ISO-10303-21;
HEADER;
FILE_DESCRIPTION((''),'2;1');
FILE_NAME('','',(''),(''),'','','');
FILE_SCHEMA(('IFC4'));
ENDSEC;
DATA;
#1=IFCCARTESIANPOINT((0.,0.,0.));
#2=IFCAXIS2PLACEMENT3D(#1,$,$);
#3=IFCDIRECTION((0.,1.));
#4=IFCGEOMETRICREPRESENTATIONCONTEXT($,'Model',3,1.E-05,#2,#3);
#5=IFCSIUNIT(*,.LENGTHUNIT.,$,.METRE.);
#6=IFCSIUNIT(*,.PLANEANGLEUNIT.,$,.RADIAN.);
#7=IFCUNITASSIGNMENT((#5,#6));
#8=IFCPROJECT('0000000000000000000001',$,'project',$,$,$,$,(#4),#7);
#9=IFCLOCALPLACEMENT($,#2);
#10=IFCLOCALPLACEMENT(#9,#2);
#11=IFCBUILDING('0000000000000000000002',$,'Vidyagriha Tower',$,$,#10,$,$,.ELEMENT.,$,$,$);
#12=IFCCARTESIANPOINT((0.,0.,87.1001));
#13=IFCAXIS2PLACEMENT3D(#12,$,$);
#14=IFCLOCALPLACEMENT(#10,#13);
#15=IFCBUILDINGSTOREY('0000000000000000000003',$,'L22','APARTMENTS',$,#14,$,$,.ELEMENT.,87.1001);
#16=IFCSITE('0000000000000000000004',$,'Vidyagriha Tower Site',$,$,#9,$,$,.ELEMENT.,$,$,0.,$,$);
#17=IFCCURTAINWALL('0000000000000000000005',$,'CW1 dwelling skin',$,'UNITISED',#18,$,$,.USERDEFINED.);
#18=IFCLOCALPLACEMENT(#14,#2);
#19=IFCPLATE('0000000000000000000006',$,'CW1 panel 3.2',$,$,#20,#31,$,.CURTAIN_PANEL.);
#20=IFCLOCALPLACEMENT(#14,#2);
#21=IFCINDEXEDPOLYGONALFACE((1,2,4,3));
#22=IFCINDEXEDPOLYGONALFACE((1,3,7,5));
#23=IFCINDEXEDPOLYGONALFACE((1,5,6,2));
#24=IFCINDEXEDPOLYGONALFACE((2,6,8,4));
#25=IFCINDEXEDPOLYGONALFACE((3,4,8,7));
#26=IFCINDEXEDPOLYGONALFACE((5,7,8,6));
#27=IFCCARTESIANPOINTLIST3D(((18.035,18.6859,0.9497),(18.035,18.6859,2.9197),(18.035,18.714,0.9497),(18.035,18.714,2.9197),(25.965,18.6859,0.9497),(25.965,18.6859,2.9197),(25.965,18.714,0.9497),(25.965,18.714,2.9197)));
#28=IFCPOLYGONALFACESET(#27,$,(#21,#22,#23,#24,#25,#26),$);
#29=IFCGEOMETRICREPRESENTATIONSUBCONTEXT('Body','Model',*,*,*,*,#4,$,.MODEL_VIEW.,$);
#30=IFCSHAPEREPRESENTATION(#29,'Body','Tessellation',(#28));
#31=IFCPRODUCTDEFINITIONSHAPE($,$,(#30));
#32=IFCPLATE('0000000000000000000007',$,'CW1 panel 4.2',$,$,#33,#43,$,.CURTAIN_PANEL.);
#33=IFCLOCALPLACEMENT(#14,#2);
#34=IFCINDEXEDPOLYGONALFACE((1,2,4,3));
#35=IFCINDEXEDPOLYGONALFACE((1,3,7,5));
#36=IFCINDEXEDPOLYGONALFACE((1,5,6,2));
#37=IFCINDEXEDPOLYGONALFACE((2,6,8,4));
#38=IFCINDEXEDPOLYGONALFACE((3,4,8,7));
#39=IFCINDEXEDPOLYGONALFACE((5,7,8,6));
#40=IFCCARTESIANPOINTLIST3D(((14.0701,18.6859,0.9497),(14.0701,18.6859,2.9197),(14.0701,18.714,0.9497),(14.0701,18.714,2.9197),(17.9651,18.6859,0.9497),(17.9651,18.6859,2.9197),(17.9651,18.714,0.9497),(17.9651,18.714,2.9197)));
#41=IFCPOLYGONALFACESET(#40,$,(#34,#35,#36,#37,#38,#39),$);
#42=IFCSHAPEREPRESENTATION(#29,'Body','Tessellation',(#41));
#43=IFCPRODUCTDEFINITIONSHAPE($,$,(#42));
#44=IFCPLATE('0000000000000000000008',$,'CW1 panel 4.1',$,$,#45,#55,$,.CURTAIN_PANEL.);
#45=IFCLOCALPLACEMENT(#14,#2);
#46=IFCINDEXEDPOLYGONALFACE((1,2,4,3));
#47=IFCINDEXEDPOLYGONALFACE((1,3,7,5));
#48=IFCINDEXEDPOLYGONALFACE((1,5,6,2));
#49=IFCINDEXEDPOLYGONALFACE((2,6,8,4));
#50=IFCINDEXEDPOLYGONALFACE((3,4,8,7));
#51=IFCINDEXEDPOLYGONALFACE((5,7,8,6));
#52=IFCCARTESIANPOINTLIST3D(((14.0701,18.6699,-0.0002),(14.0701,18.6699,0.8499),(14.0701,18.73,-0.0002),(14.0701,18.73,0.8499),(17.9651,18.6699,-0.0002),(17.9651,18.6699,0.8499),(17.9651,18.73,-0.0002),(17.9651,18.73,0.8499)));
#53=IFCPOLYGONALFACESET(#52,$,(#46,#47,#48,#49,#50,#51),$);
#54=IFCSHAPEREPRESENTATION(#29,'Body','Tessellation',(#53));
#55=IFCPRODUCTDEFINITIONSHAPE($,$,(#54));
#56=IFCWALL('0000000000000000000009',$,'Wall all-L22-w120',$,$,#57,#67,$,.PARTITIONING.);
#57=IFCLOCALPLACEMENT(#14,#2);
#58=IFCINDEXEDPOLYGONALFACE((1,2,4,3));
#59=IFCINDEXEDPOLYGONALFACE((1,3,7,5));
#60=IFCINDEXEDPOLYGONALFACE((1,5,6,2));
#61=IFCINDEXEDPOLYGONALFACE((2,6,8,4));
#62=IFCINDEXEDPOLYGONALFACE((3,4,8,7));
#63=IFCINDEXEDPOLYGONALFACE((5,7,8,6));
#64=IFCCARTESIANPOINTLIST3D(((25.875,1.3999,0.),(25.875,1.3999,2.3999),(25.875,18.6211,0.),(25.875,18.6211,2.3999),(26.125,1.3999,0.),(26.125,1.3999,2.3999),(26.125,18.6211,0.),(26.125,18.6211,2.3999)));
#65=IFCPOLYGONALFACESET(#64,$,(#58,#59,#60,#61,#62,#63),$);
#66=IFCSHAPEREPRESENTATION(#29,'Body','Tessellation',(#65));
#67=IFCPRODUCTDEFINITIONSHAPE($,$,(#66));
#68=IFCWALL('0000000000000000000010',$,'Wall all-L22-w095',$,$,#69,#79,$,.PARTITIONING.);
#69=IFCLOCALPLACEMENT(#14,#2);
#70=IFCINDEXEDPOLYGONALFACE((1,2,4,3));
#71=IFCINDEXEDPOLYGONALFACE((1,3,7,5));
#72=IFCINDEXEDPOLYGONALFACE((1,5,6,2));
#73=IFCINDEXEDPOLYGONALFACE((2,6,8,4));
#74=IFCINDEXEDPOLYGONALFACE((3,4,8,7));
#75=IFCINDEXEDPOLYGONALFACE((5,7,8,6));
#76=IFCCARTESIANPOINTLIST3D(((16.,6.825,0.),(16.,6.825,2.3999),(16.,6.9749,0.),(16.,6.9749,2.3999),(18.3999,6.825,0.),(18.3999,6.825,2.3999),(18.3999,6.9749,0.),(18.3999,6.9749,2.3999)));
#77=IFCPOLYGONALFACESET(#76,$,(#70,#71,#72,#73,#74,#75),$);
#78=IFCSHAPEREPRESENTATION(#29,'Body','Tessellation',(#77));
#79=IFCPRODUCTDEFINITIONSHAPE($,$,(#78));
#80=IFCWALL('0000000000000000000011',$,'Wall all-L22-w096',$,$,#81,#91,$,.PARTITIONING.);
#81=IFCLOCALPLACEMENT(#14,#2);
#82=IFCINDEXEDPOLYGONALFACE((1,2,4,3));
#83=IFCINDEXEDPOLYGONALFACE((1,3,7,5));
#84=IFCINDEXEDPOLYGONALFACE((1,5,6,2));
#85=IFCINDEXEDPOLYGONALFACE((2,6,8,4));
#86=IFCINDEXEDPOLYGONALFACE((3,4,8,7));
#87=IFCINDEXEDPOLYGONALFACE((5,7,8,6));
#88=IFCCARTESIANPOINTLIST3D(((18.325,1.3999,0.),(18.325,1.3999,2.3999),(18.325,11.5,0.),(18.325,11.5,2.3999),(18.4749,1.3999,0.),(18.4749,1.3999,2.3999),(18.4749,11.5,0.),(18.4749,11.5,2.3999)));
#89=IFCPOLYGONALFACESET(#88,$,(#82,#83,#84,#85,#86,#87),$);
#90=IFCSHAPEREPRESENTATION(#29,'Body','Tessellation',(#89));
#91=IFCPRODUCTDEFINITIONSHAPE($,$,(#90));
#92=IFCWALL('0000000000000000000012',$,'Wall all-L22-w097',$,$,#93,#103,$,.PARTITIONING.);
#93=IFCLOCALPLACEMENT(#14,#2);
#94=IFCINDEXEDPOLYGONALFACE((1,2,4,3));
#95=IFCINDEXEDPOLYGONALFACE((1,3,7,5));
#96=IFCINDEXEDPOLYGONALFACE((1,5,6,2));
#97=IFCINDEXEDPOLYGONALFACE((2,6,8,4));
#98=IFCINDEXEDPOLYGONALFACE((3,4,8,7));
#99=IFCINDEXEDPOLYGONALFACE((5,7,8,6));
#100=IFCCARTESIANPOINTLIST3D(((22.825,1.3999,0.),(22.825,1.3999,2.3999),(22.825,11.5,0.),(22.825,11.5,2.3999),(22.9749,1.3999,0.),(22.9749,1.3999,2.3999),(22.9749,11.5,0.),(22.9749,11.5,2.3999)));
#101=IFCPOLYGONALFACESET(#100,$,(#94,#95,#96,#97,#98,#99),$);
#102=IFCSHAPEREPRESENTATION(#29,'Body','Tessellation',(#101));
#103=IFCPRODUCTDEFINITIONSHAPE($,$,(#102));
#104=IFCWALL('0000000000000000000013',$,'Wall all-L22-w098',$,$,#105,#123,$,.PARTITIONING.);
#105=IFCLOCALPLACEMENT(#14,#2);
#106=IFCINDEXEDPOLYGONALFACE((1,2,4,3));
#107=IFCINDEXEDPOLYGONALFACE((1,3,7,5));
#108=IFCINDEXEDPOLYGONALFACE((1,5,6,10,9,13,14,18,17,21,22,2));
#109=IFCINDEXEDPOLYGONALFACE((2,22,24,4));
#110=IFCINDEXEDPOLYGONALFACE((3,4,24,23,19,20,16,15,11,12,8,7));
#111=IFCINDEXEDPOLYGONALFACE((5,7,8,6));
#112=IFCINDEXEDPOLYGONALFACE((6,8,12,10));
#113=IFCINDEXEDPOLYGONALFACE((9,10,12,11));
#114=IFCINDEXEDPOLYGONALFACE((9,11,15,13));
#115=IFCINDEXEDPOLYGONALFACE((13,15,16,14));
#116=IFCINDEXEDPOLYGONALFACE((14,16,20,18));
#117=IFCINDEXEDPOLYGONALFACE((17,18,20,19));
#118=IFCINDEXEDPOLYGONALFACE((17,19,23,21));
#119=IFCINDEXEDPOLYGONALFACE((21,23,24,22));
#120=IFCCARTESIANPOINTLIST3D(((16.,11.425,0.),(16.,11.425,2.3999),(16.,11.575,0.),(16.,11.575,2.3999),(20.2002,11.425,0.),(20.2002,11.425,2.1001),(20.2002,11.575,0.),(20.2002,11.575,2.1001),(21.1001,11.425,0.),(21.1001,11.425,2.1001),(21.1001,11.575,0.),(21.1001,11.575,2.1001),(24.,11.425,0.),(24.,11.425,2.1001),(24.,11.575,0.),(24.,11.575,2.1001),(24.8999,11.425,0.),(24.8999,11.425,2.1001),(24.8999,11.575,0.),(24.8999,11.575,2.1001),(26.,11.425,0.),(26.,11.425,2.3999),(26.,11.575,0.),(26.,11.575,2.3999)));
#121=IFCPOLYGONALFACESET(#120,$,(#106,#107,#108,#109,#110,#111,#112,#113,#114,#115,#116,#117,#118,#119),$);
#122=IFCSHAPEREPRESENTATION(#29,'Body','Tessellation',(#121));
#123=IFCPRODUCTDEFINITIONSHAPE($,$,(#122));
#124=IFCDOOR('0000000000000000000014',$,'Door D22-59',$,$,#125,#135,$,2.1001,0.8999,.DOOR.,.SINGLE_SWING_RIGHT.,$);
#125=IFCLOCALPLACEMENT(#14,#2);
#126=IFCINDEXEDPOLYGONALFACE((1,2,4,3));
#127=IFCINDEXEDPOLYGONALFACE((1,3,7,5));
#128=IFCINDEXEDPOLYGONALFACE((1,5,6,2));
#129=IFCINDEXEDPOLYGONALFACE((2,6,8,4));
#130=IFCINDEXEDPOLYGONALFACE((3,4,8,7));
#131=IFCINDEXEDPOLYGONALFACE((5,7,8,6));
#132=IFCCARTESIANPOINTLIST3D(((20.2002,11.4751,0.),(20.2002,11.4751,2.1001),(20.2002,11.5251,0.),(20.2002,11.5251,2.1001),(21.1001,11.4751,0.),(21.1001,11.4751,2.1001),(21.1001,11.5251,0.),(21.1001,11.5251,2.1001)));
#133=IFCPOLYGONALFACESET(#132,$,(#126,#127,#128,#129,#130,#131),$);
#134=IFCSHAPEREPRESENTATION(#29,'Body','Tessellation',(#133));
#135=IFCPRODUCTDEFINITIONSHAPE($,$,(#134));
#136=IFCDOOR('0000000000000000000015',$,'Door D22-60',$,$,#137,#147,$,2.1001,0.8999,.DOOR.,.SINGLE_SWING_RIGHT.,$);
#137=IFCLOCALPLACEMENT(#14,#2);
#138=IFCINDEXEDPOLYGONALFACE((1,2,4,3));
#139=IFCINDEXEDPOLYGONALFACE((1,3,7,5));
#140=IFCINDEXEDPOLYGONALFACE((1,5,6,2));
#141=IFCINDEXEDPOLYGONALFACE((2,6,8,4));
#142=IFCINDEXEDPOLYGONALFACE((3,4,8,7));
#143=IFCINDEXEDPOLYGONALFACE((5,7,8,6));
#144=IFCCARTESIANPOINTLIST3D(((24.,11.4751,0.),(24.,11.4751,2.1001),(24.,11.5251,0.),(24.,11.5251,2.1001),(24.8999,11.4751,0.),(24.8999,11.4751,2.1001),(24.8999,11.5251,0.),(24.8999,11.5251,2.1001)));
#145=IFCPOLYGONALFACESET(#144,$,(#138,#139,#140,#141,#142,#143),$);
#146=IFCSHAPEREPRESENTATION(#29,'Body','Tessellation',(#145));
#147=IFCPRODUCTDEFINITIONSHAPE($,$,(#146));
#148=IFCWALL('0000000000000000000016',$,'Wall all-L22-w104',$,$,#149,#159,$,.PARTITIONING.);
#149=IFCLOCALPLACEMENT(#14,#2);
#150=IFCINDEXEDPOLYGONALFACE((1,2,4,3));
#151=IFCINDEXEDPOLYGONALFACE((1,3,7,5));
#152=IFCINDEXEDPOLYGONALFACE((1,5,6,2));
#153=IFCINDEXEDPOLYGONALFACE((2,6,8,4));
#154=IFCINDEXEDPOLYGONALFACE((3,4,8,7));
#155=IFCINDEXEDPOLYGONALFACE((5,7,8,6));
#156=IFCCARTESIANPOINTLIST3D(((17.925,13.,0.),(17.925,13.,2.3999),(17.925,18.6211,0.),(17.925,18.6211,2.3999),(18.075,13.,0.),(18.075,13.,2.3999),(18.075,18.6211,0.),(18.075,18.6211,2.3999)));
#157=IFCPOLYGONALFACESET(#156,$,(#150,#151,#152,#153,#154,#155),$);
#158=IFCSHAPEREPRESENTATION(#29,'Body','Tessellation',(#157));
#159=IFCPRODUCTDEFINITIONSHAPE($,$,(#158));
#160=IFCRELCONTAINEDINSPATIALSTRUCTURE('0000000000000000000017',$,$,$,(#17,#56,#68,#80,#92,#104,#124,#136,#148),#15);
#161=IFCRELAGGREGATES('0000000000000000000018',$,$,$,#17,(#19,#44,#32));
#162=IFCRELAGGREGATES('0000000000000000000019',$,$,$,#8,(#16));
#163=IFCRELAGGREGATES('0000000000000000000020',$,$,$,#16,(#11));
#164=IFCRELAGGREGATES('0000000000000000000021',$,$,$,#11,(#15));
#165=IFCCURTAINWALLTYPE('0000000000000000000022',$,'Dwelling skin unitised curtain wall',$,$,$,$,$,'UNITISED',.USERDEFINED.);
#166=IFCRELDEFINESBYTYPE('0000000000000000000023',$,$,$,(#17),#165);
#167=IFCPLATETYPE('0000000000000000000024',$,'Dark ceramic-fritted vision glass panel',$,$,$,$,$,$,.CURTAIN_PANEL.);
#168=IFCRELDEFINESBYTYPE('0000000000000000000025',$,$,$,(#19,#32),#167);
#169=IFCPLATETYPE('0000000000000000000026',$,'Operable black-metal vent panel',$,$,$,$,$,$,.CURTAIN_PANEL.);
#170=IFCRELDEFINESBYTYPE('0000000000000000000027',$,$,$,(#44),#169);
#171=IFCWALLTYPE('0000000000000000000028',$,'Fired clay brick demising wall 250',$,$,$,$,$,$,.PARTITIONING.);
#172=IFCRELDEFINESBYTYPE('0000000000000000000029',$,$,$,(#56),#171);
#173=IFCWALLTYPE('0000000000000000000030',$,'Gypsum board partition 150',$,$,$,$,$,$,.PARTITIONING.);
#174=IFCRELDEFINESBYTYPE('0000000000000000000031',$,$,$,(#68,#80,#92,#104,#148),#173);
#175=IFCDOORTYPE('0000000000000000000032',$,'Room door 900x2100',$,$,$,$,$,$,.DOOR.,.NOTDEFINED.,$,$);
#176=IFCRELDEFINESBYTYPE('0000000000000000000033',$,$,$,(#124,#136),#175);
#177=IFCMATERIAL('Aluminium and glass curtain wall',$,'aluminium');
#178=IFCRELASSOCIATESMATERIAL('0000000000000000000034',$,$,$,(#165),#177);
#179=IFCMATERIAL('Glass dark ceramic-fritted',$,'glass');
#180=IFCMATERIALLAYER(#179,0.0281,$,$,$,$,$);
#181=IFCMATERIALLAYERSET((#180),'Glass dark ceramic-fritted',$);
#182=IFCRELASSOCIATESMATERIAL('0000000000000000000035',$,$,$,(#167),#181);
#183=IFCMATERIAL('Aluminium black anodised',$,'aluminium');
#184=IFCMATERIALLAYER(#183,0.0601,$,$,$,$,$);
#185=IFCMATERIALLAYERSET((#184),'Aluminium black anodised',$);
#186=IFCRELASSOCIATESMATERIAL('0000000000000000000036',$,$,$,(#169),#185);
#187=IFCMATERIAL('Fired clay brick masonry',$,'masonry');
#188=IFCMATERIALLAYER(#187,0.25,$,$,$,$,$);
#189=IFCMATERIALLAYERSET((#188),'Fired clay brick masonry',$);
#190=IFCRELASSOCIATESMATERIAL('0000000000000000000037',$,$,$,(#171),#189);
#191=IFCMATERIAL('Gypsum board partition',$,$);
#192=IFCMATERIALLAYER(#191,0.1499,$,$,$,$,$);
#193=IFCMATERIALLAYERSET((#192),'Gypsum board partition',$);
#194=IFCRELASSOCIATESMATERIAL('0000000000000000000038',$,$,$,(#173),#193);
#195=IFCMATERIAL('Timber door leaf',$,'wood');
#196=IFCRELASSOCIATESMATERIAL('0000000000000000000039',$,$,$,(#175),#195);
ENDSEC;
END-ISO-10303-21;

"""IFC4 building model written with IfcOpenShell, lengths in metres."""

from ifc_helpers import new_model, si_unit, direction, frame, frame_2d, origin, origin_2d, place, context, subcontext, project, spatial, rectangle, extrude, material, layer, layer_set, type_object, element, fill, aggregate, save


model = new_model("IFC4")

# Units and contexts
model_context = context("Model", 3, precision=1e-05, world=origin(), true_north=direction((0.0, 1.0)))
body_context = subcontext(model_context, "Body", "Model", "MODEL_VIEW")
ifc_project = project(units=[si_unit("LENGTHUNIT", "METRE"), si_unit("PLANEANGLEUNIT", "RADIAN")], contexts=[model_context])

# Site, building, storey
site_placement = place(None, origin())
site = spatial("IfcSite", under=ifc_project, at=site_placement, Name="Vidyagriha Tower Site", CompositionType="ELEMENT", RefElevation=0.0)
building_placement = place(site_placement, origin())
building = spatial("IfcBuilding", under=site, at=building_placement, Name="Vidyagriha Tower", CompositionType="ELEMENT")
storey_placement = place(building_placement, frame((0.0, 0.0, 87.1001)))
storey = spatial("IfcBuildingStorey", under=building, at=storey_placement, Name="L22", Description="APARTMENTS", CompositionType="ELEMENT", Elevation=87.1001)

# Curtain wall, plates
ifc_material_1 = material(Name="Aluminium and glass curtain wall", Category="aluminium")
curtain_wall_type = type_object("IfcCurtainWallType", Name="Dwelling skin unitised curtain wall", ElementType="UNITISED", PredefinedType="USERDEFINED", material=ifc_material_1)
curtain_wall_placement = place(storey_placement, origin())
curtain_wall = element("IfcCurtainWall", 1, at=curtain_wall_placement, inside=storey, type_object=curtain_wall_type, Name="CW1 dwelling skin", ObjectType="UNITISED", PredefinedType="USERDEFINED")
ifc_material_2 = material(Name="Glass dark ceramic-fritted", Category="glass")
ifc_layer_1 = layer(ifc_material_2, 0.0281)
ifc_layer_set_1 = layer_set([ifc_layer_1], Name="Glass dark ceramic-fritted")
plate_type_1 = type_object("IfcPlateType", Name="Dark ceramic-fritted vision glass panel", PredefinedType="CURTAIN_PANEL", material=ifc_layer_set_1)
plate_1_placement = place(storey_placement, frame((22.0, 18.7, 0.9497), z_axis=(0.0, 0.0, 1.0), x_axis=(-1.0, 0.0, 0.0)))
plate_1 = element("IfcPlate", 2, at=plate_1_placement, type_object=plate_type_1, Name="CW1 panel 3.2", PredefinedType="CURTAIN_PANEL", context=body_context, shape_type="SweptSolid", body=[
    extrude(rectangle(XDim=7.9299, YDim=0.0281, at=origin_2d()), origin(), (0.0, 0.0, 1.0), 1.97),
])
plate_2_placement = place(storey_placement, frame((16.0176, 18.7, 0.9497), z_axis=(0.0, 0.0, 1.0), x_axis=(-1.0, 0.0, 0.0)))
plate_2 = element("IfcPlate", 3, at=plate_2_placement, type_object=plate_type_1, Name="CW1 panel 4.2", PredefinedType="CURTAIN_PANEL", context=body_context, shape_type="SweptSolid", body=[
    extrude(rectangle(XDim=3.895, YDim=0.0281, at=origin_2d()), origin(), (0.0, 0.0, 1.0), 1.97),
])
ifc_material_3 = material(Name="Aluminium black anodised", Category="aluminium")
ifc_layer_2 = layer(ifc_material_3, 0.0601)
ifc_layer_set_2 = layer_set([ifc_layer_2], Name="Aluminium black anodised")
plate_type_2 = type_object("IfcPlateType", Name="Operable black-metal vent panel", PredefinedType="CURTAIN_PANEL", material=ifc_layer_set_2)
plate_3_placement = place(storey_placement, frame((16.0176, 18.7, -0.0002), z_axis=(0.0, 0.0, 1.0), x_axis=(-1.0, 0.0, 0.0)))
plate_3 = element("IfcPlate", 4, at=plate_3_placement, type_object=plate_type_2, Name="CW1 panel 4.1", PredefinedType="CURTAIN_PANEL", context=body_context, shape_type="SweptSolid", body=[
    extrude(rectangle(XDim=3.895, YDim=0.0601, at=origin_2d()), origin(), (0.0, 0.0, 1.0), 0.8501),
])
aggregate(curtain_wall, [plate_1, plate_3, plate_2])

# Walls
ifc_material_4 = material(Name="Fired clay brick masonry", Category="masonry")
ifc_layer_3 = layer(ifc_material_4, 0.25)
ifc_layer_set_3 = layer_set([ifc_layer_3], Name="Fired clay brick masonry")
wall_type_1 = type_object("IfcWallType", Name="Fired clay brick demising wall 250", PredefinedType="PARTITIONING", material=ifc_layer_set_3)
wall_1_placement = place(storey_placement, frame((26.0, 18.6211, 0.0), z_axis=(0.0, 0.0, 1.0), x_axis=(0.0, -1.0, 0.0)))
element("IfcWall", 5, at=wall_1_placement, inside=storey, type_object=wall_type_1, Name="Wall all-L22-w120", PredefinedType="PARTITIONING", context=body_context, shape_type="SweptSolid", body=[
    extrude(rectangle(XDim=17.2212, YDim=0.25, at=frame_2d((8.6106, 0.0))), origin(), (0.0, 0.0, 1.0), 2.3999),
])
ifc_material_5 = material(Name="Gypsum board partition")
ifc_layer_4 = layer(ifc_material_5, 0.1499)
ifc_layer_set_4 = layer_set([ifc_layer_4], Name="Gypsum board partition")
wall_type_2 = type_object("IfcWallType", Name="Gypsum board partition 150", PredefinedType="PARTITIONING", material=ifc_layer_set_4)
wall_2_placement = place(storey_placement, frame((16.0, 6.8999, 0.0)))
element("IfcWall", 6, at=wall_2_placement, inside=storey, type_object=wall_type_2, Name="Wall all-L22-w095", PredefinedType="PARTITIONING", context=body_context, shape_type="SweptSolid", body=[
    extrude(rectangle(XDim=2.3999, YDim=0.1499, at=frame_2d((1.2, 0.0))), origin(), (0.0, 0.0, 1.0), 2.3999),
])
for number, where, z_axis, x_axis, name in (
    (7, (18.3999, 11.5, 0.0), (0.0, 0.0, 1.0), (0.0, -1.0, 0.0), "Wall all-L22-w096"),
    (8, (22.8999, 11.5, 0.0), (0.0, 0.0, 1.0), (0.0, -1.0, 0.0), "Wall all-L22-w097"),
):
    element("IfcWall", number, at=place(storey_placement, frame(where, z_axis=z_axis, x_axis=x_axis)), inside=storey, type_object=wall_type_2, Name=name, PredefinedType="PARTITIONING", context=body_context, shape_type="SweptSolid", body=[
        extrude(rectangle(XDim=10.1001, YDim=0.1499, at=frame_2d((5.05, 0.0))), origin(), (0.0, 0.0, 1.0), 2.3999),
    ])

# Wall, openings, doors
wall_3_placement = place(storey_placement, frame((26.0, 11.5, 0.0), z_axis=(0.0, 0.0, 1.0), x_axis=(-1.0, 0.0, 0.0)))
wall_3 = element("IfcWall", 9, at=wall_3_placement, inside=storey, type_object=wall_type_2, Name="Wall all-L22-w098", PredefinedType="PARTITIONING", context=body_context, shape_type="SweptSolid", body=[
    extrude(rectangle(XDim=10.0, YDim=0.1499, at=frame_2d((5.0, 0.0))), origin(), (0.0, 0.0, 1.0), 2.3999),
])
opening_1_placement = place(wall_3_placement, frame((4.8999, 0.0, 0.0)))
opening_1 = element("IfcOpeningElement", 10, at=opening_1_placement, cuts=wall_3, PredefinedType="OPENING", context=body_context, shape_type="SweptSolid", body=[
    extrude(rectangle(XDim=0.8999, YDim=2.1001, at=frame_2d((0.45, 1.05))), frame((0.0, 0.085, 0.0), z_axis=(0.0, -1.0, 0.0), x_axis=(1.0, 0.0, 0.0)), (0.0, 0.0, 1.0), 0.1699),
])
opening_2_placement = place(wall_3_placement, frame((1.1001, 0.0, 0.0)))
opening_2 = element("IfcOpeningElement", 11, at=opening_2_placement, cuts=wall_3, PredefinedType="OPENING", context=body_context, shape_type="SweptSolid", body=[
    extrude(rectangle(XDim=0.8999, YDim=2.1001, at=frame_2d((0.45, 1.05))), frame((0.0, 0.085, 0.0), z_axis=(0.0, -1.0, 0.0), x_axis=(1.0, 0.0, 0.0)), (0.0, 0.0, 1.0), 0.1699),
])
ifc_material_6 = material(Name="Timber door leaf", Category="wood")
door_type_1 = type_object("IfcDoorType", Name="Room door 900x2100", OperationType="NOTDEFINED", PredefinedType="DOOR", material=ifc_material_6)
door_1_placement = place(opening_1_placement, origin())
door_1 = element("IfcDoor", 12, at=door_1_placement, inside=storey, type_object=door_type_1, Name="Door D22-59", OperationType="SINGLE_SWING_RIGHT", OverallHeight=2.1001, OverallWidth=0.8999, PredefinedType="DOOR", context=body_context, shape_type="SweptSolid", body=[
    extrude(rectangle(XDim=0.8999, YDim=2.1001, at=frame_2d((0.45, 1.05))), frame((0.0, 0.0249, 0.0), z_axis=(0.0, -1.0, 0.0), x_axis=(1.0, 0.0, 0.0)), (0.0, 0.0, 1.0), 0.05),
])
fill(opening_1, door_1)
door_2_placement = place(opening_2_placement, origin())
door_2 = element("IfcDoor", 13, at=door_2_placement, inside=storey, type_object=door_type_1, Name="Door D22-60", OperationType="SINGLE_SWING_RIGHT", OverallHeight=2.1001, OverallWidth=0.8999, PredefinedType="DOOR", context=body_context, shape_type="SweptSolid", body=[
    extrude(rectangle(XDim=0.8999, YDim=2.1001, at=frame_2d((0.45, 1.05))), frame((0.0, 0.0249, 0.0), z_axis=(0.0, -1.0, 0.0), x_axis=(1.0, 0.0, 0.0)), (0.0, 0.0, 1.0), 0.05),
])
fill(opening_2, door_2)

# Wall
wall_4_placement = place(storey_placement, frame((18.0, 18.6211, 0.0), z_axis=(0.0, 0.0, 1.0), x_axis=(0.0, -1.0, 0.0)))
element("IfcWall", 14, at=wall_4_placement, inside=storey, type_object=wall_type_2, Name="Wall all-L22-w104", PredefinedType="PARTITIONING", context=body_context, shape_type="SweptSolid", body=[
    extrude(rectangle(XDim=5.6211, YDim=0.1499, at=frame_2d((2.8105, 0.0))), origin(), (0.0, 0.0, 1.0), 2.3999),
])

save(model, "model.ifc")
